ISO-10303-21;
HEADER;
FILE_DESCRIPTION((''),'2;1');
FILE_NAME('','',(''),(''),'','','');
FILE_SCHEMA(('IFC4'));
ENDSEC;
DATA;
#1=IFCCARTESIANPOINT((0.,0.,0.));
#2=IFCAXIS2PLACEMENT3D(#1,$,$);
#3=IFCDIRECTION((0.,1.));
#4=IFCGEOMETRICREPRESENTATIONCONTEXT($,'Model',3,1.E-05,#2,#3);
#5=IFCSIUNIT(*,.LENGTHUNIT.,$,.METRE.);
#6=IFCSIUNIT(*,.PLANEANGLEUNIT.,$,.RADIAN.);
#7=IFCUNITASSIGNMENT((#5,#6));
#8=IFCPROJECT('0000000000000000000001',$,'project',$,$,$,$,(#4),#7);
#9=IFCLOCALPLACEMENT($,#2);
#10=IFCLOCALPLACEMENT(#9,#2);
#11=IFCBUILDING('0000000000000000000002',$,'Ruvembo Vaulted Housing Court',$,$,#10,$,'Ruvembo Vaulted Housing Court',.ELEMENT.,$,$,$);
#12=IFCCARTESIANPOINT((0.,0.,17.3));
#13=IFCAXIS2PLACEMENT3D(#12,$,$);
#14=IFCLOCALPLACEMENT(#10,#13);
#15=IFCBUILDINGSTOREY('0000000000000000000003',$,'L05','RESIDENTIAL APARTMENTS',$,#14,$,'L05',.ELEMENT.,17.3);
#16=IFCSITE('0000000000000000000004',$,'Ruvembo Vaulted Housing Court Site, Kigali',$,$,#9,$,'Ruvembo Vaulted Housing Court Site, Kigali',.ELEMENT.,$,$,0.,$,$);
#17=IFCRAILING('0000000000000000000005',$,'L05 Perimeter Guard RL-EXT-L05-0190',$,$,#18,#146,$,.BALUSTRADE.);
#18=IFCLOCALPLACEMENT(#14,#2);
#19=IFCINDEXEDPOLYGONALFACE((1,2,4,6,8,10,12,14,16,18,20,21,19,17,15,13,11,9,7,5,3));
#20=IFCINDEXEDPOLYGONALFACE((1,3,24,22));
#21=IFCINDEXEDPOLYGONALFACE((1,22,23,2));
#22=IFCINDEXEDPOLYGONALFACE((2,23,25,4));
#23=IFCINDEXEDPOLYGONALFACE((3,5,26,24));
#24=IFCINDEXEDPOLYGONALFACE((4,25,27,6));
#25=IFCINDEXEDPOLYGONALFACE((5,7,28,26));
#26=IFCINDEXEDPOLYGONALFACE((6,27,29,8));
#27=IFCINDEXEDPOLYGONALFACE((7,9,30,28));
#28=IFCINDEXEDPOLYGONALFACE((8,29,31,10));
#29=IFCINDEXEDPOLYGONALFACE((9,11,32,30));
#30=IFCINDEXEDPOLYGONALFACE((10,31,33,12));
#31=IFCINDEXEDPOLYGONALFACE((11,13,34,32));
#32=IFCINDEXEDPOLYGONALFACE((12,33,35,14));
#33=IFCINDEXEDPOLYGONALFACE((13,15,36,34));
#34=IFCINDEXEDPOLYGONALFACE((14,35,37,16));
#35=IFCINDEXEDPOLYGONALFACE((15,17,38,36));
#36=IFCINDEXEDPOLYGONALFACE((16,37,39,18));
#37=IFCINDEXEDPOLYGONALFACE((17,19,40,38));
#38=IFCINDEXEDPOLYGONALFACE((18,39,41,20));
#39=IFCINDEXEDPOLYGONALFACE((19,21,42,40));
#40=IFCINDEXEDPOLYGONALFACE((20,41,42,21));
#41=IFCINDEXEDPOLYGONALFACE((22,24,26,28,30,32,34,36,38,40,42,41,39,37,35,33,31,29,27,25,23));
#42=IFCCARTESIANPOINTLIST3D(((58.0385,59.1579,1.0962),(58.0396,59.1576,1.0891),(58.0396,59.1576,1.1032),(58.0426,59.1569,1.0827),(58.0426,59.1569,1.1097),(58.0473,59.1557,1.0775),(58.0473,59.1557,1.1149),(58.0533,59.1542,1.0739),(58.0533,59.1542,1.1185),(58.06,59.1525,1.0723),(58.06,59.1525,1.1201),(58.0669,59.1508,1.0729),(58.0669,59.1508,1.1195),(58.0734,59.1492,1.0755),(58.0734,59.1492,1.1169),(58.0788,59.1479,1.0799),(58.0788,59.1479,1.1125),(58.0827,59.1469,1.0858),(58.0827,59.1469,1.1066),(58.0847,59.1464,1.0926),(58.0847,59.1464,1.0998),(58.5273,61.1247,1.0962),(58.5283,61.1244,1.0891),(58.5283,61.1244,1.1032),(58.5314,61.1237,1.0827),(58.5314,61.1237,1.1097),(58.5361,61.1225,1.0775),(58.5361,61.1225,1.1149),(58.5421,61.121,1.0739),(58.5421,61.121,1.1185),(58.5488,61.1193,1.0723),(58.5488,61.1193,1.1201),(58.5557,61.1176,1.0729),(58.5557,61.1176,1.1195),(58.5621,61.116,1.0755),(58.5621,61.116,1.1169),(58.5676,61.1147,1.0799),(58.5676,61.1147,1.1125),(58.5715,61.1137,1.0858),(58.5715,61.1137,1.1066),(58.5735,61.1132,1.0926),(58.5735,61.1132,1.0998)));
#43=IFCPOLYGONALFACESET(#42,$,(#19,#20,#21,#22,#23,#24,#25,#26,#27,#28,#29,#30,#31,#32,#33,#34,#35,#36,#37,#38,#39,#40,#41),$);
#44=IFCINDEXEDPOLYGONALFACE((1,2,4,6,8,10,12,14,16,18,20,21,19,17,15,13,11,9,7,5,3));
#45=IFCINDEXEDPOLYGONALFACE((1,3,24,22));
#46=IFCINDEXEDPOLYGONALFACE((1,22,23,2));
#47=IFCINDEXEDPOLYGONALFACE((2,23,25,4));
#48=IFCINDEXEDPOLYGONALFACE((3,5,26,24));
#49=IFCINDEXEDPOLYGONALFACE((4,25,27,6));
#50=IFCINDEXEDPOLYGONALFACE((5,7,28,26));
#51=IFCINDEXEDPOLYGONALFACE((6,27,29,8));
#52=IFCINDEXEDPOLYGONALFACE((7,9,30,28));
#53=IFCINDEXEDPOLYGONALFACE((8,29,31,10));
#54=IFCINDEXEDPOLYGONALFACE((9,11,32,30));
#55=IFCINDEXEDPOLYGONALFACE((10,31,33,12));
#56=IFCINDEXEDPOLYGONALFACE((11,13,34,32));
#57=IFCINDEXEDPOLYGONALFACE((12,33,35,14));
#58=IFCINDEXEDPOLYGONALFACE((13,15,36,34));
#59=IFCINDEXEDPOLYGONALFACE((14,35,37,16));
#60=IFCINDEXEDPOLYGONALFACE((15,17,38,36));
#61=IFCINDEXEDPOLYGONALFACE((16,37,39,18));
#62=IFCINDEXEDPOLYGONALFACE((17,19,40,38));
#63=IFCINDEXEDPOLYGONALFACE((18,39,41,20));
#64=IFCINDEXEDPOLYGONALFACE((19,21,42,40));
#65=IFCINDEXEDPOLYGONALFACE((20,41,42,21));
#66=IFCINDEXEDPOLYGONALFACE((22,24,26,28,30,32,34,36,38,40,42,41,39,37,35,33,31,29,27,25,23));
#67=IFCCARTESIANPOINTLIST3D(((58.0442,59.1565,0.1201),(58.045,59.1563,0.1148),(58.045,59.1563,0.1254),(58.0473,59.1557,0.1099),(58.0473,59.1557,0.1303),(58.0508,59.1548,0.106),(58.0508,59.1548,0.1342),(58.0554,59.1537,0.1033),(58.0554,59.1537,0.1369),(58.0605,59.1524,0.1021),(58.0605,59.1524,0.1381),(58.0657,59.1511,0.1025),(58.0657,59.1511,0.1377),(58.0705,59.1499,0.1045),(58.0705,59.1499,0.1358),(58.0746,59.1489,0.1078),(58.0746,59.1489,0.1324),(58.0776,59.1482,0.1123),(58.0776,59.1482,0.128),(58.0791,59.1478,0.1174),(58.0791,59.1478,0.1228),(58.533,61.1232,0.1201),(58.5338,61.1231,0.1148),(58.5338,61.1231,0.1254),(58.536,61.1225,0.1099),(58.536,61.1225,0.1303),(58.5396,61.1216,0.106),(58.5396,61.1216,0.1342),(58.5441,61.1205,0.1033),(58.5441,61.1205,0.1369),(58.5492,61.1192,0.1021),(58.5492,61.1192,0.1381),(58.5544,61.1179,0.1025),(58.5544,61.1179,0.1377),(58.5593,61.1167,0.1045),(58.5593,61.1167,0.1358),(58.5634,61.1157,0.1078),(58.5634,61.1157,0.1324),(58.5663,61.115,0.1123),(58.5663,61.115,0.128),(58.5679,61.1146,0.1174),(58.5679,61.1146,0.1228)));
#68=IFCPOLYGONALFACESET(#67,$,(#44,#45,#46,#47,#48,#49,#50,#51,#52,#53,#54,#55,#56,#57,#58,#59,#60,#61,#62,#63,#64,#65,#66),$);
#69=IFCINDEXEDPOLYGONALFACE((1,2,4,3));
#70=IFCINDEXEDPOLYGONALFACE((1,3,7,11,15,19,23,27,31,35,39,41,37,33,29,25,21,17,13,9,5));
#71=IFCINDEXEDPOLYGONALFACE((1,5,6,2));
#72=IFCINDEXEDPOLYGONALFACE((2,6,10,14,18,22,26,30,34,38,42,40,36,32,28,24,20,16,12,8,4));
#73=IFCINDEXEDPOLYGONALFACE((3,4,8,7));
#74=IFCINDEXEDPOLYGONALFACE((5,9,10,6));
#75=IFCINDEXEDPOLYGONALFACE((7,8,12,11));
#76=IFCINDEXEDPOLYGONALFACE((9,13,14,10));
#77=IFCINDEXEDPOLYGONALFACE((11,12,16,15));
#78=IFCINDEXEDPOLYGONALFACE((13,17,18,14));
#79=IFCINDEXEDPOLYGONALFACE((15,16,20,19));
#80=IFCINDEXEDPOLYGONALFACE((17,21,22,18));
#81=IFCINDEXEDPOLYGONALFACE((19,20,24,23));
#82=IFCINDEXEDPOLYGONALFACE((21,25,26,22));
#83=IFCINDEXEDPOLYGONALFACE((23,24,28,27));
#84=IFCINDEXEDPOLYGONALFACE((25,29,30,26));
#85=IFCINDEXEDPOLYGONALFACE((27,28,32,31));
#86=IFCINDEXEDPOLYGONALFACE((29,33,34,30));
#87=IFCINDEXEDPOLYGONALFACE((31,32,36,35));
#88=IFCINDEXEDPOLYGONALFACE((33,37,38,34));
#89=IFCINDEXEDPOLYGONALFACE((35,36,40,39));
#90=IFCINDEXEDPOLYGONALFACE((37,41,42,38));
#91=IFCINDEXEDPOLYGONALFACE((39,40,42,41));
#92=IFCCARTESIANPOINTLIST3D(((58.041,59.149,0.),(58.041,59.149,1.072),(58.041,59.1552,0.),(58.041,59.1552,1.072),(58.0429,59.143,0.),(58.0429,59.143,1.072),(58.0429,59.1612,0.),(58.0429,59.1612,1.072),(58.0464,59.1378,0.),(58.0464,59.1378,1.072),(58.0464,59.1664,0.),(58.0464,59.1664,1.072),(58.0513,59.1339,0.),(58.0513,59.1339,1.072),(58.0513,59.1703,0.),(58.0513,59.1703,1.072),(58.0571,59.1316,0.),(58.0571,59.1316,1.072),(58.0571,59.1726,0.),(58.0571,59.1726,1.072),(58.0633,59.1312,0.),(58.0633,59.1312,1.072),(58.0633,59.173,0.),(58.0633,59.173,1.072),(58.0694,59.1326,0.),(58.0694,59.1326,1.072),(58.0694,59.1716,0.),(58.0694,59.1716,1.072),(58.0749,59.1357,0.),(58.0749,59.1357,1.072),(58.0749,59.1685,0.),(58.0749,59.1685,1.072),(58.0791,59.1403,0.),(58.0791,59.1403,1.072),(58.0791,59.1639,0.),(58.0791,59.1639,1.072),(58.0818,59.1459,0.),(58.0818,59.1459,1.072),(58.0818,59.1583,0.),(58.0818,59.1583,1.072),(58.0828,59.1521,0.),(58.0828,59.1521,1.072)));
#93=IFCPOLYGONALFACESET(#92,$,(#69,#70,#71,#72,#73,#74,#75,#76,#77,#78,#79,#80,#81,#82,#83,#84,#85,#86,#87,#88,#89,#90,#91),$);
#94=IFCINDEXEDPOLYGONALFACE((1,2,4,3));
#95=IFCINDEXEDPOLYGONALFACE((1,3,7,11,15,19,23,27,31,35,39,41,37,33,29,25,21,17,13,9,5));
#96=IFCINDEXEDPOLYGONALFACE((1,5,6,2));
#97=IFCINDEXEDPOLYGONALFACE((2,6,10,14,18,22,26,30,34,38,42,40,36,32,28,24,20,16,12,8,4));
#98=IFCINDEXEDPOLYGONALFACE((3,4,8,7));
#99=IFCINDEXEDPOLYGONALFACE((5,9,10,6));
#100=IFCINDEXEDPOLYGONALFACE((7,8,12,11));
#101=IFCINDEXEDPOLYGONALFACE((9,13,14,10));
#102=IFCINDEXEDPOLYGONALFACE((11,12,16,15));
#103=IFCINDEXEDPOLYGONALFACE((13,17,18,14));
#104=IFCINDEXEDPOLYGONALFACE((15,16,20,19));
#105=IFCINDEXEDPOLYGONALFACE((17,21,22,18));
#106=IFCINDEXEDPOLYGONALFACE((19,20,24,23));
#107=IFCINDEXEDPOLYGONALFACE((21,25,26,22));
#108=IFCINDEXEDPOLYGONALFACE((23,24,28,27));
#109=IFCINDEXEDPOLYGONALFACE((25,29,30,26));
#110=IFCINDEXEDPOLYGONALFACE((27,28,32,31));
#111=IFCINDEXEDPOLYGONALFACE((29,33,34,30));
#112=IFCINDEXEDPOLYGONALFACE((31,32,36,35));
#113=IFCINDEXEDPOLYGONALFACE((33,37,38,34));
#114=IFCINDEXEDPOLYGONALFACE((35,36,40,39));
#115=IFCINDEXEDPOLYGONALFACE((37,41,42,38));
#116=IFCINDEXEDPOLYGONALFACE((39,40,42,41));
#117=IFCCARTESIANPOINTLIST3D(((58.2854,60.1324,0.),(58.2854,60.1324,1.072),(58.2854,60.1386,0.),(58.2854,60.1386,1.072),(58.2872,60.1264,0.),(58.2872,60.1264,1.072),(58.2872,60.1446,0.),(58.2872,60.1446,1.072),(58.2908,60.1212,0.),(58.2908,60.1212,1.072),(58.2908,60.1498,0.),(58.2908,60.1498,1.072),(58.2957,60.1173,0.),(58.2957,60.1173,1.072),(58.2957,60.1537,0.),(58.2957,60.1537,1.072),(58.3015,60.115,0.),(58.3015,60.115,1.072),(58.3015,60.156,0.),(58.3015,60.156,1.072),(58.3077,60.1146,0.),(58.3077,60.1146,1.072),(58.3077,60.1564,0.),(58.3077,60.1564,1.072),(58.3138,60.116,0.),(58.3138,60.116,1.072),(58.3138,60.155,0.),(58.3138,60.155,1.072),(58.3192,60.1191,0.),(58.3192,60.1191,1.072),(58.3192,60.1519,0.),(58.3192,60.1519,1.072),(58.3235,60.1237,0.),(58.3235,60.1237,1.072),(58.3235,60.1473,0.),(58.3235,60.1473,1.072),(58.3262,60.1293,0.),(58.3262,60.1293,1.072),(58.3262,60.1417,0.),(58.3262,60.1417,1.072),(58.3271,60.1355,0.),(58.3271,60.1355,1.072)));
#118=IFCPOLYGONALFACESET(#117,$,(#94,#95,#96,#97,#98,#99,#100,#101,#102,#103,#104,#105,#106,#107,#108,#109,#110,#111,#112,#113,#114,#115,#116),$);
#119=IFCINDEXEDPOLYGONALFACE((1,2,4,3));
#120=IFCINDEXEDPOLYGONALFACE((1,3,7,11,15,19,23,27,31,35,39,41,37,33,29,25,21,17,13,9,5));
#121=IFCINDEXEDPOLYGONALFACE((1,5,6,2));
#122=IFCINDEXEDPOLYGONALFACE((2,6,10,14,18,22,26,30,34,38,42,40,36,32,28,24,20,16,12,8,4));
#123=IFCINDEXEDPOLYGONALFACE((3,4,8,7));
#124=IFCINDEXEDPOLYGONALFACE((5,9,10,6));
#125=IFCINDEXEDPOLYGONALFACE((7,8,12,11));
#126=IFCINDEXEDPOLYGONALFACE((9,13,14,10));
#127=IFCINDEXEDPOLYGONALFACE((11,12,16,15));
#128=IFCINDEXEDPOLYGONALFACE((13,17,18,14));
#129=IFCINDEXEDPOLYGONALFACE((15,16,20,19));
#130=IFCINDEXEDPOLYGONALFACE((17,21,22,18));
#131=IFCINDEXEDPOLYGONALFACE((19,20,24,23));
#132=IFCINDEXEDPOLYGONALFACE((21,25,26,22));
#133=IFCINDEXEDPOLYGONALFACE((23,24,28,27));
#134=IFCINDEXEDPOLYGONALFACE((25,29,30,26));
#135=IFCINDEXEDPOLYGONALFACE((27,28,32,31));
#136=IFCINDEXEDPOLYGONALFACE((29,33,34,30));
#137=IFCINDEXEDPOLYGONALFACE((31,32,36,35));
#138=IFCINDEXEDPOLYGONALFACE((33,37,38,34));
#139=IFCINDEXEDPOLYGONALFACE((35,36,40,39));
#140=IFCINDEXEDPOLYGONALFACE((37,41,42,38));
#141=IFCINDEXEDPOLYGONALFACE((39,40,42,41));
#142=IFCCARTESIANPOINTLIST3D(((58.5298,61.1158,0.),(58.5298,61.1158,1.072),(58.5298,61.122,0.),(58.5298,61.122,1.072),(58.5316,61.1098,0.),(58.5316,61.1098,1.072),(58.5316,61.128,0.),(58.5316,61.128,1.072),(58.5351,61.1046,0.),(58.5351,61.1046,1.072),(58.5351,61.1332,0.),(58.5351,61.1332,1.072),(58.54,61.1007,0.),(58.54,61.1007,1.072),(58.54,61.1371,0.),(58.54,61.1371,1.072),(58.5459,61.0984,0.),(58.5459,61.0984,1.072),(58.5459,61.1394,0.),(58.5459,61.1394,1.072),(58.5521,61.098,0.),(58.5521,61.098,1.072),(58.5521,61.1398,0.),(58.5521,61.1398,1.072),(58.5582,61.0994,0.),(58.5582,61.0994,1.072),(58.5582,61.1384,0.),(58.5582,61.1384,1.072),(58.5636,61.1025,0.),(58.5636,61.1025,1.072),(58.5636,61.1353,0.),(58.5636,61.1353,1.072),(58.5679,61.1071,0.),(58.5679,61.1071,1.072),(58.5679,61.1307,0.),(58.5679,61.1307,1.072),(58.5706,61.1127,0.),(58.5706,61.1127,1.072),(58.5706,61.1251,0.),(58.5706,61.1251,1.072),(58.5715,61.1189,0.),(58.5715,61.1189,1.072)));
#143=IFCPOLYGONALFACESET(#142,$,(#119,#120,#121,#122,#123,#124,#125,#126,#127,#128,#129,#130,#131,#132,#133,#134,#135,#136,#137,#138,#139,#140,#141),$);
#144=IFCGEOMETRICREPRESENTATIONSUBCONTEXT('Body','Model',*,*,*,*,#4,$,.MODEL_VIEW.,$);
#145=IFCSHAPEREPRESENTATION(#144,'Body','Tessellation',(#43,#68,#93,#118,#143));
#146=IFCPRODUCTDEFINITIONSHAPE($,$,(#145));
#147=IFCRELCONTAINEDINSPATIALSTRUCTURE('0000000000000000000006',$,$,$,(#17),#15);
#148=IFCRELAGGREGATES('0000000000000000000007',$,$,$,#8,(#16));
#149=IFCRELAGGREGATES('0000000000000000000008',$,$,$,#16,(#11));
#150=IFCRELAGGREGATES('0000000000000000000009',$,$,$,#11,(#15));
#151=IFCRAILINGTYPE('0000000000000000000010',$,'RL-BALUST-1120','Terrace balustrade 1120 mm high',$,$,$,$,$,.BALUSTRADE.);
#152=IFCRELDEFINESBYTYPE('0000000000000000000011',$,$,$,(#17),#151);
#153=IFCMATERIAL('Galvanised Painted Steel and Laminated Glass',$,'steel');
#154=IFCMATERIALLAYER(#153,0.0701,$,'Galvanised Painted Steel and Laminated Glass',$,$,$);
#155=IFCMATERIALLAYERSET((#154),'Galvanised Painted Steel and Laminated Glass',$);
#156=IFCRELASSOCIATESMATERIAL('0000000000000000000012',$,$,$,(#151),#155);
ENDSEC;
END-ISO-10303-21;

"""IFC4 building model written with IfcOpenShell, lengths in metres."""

from ifc_helpers import new_model, si_unit, direction, frame, origin, origin_2d, place, context, subcontext, project, spatial, circle, extrude, material, layer, layer_set, type_object, element, save


model = new_model("IFC4")

# Units and contexts
model_context = context("Model", 3, precision=1e-05, world=origin(), true_north=direction((0.0, 1.0)))
body_context = subcontext(model_context, "Body", "Model", "MODEL_VIEW")
ifc_project = project(units=[si_unit("LENGTHUNIT", "METRE"), si_unit("PLANEANGLEUNIT", "RADIAN")], contexts=[model_context])

# Site, building, storey
site_placement = place(None, origin())
site = spatial("IfcSite", under=ifc_project, at=site_placement, Name="Ruvembo Vaulted Housing Court Site, Kigali", LongName="Ruvembo Vaulted Housing Court Site, Kigali", CompositionType="ELEMENT", RefElevation=0.0)
building_placement = place(site_placement, origin())
building = spatial("IfcBuilding", under=site, at=building_placement, Name="Ruvembo Vaulted Housing Court", LongName="Ruvembo Vaulted Housing Court", CompositionType="ELEMENT")
storey_placement = place(building_placement, frame((0.0, 0.0, 17.3)))
storey = spatial("IfcBuildingStorey", under=building, at=storey_placement, Name="L05", Description="RESIDENTIAL APARTMENTS", LongName="L05", CompositionType="ELEMENT", Elevation=17.3)

# Railing
ifc_material_1 = material(Name="Galvanised Painted Steel and Laminated Glass", Category="steel")
ifc_layer_1 = layer(ifc_material_1, 0.0701, Name="Galvanised Painted Steel and Laminated Glass")
ifc_layer_set_1 = layer_set([ifc_layer_1], Name="Galvanised Painted Steel and Laminated Glass")
railing_type = type_object("IfcRailingType", Name="RL-BALUST-1120", Description="Terrace balustrade 1120 mm high", PredefinedType="BALUSTRADE", material=ifc_layer_set_1)
railing_1_placement = place(storey_placement, frame((58.0618, 59.1521, 0.0)))
element("IfcRailing", 1, at=railing_1_placement, inside=storey, type_object=railing_type, Name="L05 Perimeter Guard RL-EXT-L05-0190", PredefinedType="BALUSTRADE", context=body_context, shape_type="SweptSolid", body=[
    extrude(circle(Radius=0.0239, at=origin_2d()), frame((0.0, 0.0, 1.0962), z_axis=(0.241175, 0.970482, 0.0), x_axis=(-0.970482, 0.241175, 0.0)), (0.0, 0.0, 1.0), 2.0266),
    extrude(circle(Radius=0.0181, at=origin_2d()), frame((0.0, 0.0, 0.1201), z_axis=(0.241175, 0.970482, 0.0), x_axis=(-0.970482, 0.241175, 0.0)), (0.0, 0.0, 1.0), 2.0266),
    extrude(circle(Radius=0.021, at=origin_2d()), origin(), (0.0, 0.0, 1.0), 1.072),
    extrude(circle(Radius=0.021, at=origin_2d()), frame((0.2444, 0.9834, 0.0)), (0.0, 0.0, 1.0), 1.072),
    extrude(circle(Radius=0.021, at=origin_2d()), frame((0.4888, 1.9668, 0.0)), (0.0, 0.0, 1.0), 1.072),
])

save(model, "model.ifc")
